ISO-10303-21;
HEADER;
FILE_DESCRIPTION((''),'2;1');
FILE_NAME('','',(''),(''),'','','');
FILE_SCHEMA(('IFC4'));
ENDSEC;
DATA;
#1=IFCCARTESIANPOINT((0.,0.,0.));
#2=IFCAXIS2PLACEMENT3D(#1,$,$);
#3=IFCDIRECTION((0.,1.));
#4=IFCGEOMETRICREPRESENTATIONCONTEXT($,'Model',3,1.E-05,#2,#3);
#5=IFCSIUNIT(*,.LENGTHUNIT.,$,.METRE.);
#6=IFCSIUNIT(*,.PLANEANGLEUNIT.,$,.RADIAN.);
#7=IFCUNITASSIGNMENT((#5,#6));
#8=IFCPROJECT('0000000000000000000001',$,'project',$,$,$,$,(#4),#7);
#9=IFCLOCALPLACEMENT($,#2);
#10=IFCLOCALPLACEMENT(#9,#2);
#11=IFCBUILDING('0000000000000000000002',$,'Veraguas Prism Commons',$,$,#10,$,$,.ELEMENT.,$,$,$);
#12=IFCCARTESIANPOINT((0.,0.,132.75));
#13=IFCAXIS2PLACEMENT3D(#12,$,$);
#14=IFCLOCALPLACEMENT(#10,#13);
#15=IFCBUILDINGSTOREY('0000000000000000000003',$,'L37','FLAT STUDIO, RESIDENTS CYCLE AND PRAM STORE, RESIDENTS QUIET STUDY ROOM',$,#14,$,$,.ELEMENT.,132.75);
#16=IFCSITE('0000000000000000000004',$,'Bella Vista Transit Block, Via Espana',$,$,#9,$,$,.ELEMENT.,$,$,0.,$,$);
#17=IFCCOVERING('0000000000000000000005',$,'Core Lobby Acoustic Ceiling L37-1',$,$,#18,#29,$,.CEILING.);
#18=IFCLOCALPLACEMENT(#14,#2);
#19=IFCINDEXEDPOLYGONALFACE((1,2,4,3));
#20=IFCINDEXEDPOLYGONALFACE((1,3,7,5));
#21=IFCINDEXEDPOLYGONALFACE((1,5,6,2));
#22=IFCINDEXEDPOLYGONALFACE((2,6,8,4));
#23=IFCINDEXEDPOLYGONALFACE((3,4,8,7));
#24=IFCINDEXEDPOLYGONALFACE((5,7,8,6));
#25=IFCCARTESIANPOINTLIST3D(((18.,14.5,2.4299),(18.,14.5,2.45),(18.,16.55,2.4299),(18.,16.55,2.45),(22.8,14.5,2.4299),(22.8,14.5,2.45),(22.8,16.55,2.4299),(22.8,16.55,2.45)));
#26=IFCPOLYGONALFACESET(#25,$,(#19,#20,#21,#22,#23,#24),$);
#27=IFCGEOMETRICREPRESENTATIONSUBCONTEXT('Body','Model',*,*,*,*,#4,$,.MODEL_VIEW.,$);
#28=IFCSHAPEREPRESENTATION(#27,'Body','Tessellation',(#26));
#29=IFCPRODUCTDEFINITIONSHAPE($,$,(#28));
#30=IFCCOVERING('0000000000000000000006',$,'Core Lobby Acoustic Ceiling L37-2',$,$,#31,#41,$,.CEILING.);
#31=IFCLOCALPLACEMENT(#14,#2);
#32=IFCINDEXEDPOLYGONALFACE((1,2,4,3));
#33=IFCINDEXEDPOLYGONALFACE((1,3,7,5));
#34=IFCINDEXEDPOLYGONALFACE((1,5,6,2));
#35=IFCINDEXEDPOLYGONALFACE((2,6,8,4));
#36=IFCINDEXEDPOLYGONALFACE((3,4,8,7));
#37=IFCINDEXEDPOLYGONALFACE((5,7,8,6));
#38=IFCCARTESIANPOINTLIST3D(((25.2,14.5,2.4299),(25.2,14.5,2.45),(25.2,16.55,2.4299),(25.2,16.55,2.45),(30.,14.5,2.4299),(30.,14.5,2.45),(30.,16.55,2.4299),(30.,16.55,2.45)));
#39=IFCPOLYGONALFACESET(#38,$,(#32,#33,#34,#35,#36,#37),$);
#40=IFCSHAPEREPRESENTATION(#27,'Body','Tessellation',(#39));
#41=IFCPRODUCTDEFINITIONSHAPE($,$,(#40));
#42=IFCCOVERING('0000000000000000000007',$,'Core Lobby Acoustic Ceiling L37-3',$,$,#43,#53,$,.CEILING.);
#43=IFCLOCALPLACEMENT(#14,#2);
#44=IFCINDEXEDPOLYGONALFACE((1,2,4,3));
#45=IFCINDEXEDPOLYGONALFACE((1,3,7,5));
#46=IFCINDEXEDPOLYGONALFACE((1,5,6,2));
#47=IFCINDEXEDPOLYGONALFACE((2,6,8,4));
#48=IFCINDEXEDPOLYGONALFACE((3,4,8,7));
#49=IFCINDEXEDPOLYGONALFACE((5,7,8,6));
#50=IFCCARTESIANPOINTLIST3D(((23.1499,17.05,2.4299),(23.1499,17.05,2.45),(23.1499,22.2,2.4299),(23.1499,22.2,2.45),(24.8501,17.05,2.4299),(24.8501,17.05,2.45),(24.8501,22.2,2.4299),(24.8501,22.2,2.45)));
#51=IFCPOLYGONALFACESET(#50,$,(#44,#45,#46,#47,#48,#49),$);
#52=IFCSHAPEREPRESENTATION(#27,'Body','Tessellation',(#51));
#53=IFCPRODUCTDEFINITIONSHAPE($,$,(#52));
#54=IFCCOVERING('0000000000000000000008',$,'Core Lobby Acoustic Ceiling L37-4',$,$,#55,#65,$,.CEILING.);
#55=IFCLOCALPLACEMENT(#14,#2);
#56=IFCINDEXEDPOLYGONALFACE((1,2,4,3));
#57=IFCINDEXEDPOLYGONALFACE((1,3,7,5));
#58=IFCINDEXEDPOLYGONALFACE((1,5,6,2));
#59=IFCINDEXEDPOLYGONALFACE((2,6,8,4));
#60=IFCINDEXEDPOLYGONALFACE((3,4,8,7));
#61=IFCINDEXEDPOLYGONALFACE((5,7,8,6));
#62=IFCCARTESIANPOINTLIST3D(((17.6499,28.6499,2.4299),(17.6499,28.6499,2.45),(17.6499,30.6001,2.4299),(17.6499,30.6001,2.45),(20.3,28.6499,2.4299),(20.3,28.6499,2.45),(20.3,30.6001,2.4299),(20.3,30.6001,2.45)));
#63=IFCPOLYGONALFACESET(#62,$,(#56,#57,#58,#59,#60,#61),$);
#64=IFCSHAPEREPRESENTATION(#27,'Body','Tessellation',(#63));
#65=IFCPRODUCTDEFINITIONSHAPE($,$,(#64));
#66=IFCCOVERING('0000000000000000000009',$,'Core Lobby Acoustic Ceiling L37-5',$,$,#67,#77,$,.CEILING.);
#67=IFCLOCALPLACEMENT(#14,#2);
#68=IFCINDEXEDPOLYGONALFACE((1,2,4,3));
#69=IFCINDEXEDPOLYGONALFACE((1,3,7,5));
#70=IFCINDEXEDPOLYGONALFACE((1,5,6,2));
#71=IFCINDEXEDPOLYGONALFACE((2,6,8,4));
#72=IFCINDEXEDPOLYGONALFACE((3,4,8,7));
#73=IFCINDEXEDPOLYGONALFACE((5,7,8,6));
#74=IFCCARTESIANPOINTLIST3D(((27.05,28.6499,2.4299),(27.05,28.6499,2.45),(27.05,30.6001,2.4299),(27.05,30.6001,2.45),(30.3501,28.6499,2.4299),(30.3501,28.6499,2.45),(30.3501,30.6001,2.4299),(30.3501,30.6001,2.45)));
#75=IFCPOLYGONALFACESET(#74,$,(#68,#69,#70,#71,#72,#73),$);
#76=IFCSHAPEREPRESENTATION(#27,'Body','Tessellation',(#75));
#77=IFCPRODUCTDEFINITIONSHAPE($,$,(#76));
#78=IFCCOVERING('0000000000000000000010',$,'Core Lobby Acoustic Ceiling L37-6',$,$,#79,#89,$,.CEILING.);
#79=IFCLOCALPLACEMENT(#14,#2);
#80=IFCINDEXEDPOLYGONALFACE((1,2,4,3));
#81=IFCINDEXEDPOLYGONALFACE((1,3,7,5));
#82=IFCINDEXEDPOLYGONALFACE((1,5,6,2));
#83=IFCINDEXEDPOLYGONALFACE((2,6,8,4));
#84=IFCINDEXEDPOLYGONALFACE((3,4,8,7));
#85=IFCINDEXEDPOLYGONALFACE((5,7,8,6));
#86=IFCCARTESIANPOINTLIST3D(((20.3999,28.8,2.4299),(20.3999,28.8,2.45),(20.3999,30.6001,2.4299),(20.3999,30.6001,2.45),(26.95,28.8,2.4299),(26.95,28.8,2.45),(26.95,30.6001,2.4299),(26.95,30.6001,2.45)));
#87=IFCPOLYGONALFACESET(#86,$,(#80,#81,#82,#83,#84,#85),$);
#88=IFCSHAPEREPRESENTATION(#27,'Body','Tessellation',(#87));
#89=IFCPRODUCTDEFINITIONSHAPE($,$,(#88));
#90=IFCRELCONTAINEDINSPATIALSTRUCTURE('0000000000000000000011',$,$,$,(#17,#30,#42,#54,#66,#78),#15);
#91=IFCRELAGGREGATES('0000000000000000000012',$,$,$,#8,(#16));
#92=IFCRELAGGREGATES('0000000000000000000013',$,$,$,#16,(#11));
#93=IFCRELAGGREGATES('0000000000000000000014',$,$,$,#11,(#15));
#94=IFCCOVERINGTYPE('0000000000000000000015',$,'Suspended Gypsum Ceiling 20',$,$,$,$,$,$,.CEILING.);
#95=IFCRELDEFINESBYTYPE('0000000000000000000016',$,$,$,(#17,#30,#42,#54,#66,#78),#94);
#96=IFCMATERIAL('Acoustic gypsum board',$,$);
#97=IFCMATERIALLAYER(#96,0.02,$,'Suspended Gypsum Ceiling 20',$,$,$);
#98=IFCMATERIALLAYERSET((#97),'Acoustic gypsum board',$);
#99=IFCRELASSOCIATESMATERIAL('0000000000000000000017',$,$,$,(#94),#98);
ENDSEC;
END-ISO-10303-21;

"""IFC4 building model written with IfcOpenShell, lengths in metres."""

from ifc_helpers import new_model, si_unit, direction, frame, origin, place, context, subcontext, project, spatial, polyline, outline, extrude, material, layer, layer_set, type_object, element, save


model = new_model("IFC4")

# Units and contexts
model_context = context("Model", 3, precision=1e-05, world=origin(), true_north=direction((0.0, 1.0)))
body_context = subcontext(model_context, "Body", "Model", "MODEL_VIEW")
ifc_project = project(units=[si_unit("LENGTHUNIT", "METRE"), si_unit("PLANEANGLEUNIT", "RADIAN")], contexts=[model_context])

# Site, building, storey
site_placement = place(None, origin())
site = spatial("IfcSite", under=ifc_project, at=site_placement, Name="Bella Vista Transit Block, Via Espana", CompositionType="ELEMENT", RefElevation=0.0)
building_placement = place(site_placement, origin())
building = spatial("IfcBuilding", under=site, at=building_placement, Name="Veraguas Prism Commons", CompositionType="ELEMENT")
storey_placement = place(building_placement, frame((0.0, 0.0, 132.75)))
storey = spatial("IfcBuildingStorey", under=building, at=storey_placement, Name="L37", Description="FLAT STUDIO, RESIDENTS CYCLE AND PRAM STORE, RESIDENTS QUIET STUDY ROOM", CompositionType="ELEMENT", Elevation=132.75)

# Coverings
ifc_material_1 = material(Name="Acoustic gypsum board")
ifc_layer_1 = layer(ifc_material_1, 0.02, Name="Suspended Gypsum Ceiling 20")
ifc_layer_set_1 = layer_set([ifc_layer_1], Name="Acoustic gypsum board")
covering_type_1 = type_object("IfcCoveringType", Name="Suspended Gypsum Ceiling 20", PredefinedType="CEILING", material=ifc_layer_set_1)
covering_1_placement = place(storey_placement, frame((0.0, 0.0, 2.4299)))
element("IfcCovering", 1, at=covering_1_placement, inside=storey, type_object=covering_type_1, Name="Core Lobby Acoustic Ceiling L37-1", PredefinedType="CEILING", context=body_context, shape_type="SweptSolid", body=[
    extrude(outline(polyline([(18.0, 14.5), (22.8, 14.5), (22.8, 16.55), (18.0, 16.55), (18.0, 14.5)])), origin(), (0.0, 0.0, 1.0), 0.02),
])
covering_2_placement = place(storey_placement, frame((0.0, 0.0, 2.4299)))
element("IfcCovering", 2, at=covering_2_placement, inside=storey, type_object=covering_type_1, Name="Core Lobby Acoustic Ceiling L37-2", PredefinedType="CEILING", context=body_context, shape_type="SweptSolid", body=[
    extrude(outline(polyline([(25.2, 14.5), (30.0, 14.5), (30.0, 16.55), (25.2, 16.55), (25.2, 14.5)])), origin(), (0.0, 0.0, 1.0), 0.02),
])
covering_3_placement = place(storey_placement, frame((0.0, 0.0, 2.4299)))
element("IfcCovering", 3, at=covering_3_placement, inside=storey, type_object=covering_type_1, Name="Core Lobby Acoustic Ceiling L37-3", PredefinedType="CEILING", context=body_context, shape_type="SweptSolid", body=[
    extrude(outline(polyline([(23.1499, 17.05), (24.8501, 17.05), (24.8501, 22.2), (23.1499, 22.2), (23.1499, 17.05)])), origin(), (0.0, 0.0, 1.0), 0.02),
])
covering_4_placement = place(storey_placement, frame((0.0, 0.0, 2.4299)))
element("IfcCovering", 4, at=covering_4_placement, inside=storey, type_object=covering_type_1, Name="Core Lobby Acoustic Ceiling L37-4", PredefinedType="CEILING", context=body_context, shape_type="SweptSolid", body=[
    extrude(outline(polyline([(17.6499, 28.6499), (20.3, 28.6499), (20.3, 30.6001), (17.6499, 30.6001), (17.6499, 28.6499)])), origin(), (0.0, 0.0, 1.0), 0.02),
])
covering_5_placement = place(storey_placement, frame((0.0, 0.0, 2.4299)))
element("IfcCovering", 5, at=covering_5_placement, inside=storey, type_object=covering_type_1, Name="Core Lobby Acoustic Ceiling L37-5", PredefinedType="CEILING", context=body_context, shape_type="SweptSolid", body=[
    extrude(outline(polyline([(27.05, 28.6499), (30.3501, 28.6499), (30.3501, 30.6001), (27.05, 30.6001), (27.05, 28.6499)])), origin(), (0.0, 0.0, 1.0), 0.02),
])
covering_6_placement = place(storey_placement, frame((0.0, 0.0, 2.4299)))
element("IfcCovering", 6, at=covering_6_placement, inside=storey, type_object=covering_type_1, Name="Core Lobby Acoustic Ceiling L37-6", PredefinedType="CEILING", context=body_context, shape_type="SweptSolid", body=[
    extrude(outline(polyline([(20.3999, 28.8), (26.95, 28.8), (26.95, 30.6001), (20.3999, 30.6001), (20.3999, 28.8)])), origin(), (0.0, 0.0, 1.0), 0.02),
])

save(model, "model.ifc")
